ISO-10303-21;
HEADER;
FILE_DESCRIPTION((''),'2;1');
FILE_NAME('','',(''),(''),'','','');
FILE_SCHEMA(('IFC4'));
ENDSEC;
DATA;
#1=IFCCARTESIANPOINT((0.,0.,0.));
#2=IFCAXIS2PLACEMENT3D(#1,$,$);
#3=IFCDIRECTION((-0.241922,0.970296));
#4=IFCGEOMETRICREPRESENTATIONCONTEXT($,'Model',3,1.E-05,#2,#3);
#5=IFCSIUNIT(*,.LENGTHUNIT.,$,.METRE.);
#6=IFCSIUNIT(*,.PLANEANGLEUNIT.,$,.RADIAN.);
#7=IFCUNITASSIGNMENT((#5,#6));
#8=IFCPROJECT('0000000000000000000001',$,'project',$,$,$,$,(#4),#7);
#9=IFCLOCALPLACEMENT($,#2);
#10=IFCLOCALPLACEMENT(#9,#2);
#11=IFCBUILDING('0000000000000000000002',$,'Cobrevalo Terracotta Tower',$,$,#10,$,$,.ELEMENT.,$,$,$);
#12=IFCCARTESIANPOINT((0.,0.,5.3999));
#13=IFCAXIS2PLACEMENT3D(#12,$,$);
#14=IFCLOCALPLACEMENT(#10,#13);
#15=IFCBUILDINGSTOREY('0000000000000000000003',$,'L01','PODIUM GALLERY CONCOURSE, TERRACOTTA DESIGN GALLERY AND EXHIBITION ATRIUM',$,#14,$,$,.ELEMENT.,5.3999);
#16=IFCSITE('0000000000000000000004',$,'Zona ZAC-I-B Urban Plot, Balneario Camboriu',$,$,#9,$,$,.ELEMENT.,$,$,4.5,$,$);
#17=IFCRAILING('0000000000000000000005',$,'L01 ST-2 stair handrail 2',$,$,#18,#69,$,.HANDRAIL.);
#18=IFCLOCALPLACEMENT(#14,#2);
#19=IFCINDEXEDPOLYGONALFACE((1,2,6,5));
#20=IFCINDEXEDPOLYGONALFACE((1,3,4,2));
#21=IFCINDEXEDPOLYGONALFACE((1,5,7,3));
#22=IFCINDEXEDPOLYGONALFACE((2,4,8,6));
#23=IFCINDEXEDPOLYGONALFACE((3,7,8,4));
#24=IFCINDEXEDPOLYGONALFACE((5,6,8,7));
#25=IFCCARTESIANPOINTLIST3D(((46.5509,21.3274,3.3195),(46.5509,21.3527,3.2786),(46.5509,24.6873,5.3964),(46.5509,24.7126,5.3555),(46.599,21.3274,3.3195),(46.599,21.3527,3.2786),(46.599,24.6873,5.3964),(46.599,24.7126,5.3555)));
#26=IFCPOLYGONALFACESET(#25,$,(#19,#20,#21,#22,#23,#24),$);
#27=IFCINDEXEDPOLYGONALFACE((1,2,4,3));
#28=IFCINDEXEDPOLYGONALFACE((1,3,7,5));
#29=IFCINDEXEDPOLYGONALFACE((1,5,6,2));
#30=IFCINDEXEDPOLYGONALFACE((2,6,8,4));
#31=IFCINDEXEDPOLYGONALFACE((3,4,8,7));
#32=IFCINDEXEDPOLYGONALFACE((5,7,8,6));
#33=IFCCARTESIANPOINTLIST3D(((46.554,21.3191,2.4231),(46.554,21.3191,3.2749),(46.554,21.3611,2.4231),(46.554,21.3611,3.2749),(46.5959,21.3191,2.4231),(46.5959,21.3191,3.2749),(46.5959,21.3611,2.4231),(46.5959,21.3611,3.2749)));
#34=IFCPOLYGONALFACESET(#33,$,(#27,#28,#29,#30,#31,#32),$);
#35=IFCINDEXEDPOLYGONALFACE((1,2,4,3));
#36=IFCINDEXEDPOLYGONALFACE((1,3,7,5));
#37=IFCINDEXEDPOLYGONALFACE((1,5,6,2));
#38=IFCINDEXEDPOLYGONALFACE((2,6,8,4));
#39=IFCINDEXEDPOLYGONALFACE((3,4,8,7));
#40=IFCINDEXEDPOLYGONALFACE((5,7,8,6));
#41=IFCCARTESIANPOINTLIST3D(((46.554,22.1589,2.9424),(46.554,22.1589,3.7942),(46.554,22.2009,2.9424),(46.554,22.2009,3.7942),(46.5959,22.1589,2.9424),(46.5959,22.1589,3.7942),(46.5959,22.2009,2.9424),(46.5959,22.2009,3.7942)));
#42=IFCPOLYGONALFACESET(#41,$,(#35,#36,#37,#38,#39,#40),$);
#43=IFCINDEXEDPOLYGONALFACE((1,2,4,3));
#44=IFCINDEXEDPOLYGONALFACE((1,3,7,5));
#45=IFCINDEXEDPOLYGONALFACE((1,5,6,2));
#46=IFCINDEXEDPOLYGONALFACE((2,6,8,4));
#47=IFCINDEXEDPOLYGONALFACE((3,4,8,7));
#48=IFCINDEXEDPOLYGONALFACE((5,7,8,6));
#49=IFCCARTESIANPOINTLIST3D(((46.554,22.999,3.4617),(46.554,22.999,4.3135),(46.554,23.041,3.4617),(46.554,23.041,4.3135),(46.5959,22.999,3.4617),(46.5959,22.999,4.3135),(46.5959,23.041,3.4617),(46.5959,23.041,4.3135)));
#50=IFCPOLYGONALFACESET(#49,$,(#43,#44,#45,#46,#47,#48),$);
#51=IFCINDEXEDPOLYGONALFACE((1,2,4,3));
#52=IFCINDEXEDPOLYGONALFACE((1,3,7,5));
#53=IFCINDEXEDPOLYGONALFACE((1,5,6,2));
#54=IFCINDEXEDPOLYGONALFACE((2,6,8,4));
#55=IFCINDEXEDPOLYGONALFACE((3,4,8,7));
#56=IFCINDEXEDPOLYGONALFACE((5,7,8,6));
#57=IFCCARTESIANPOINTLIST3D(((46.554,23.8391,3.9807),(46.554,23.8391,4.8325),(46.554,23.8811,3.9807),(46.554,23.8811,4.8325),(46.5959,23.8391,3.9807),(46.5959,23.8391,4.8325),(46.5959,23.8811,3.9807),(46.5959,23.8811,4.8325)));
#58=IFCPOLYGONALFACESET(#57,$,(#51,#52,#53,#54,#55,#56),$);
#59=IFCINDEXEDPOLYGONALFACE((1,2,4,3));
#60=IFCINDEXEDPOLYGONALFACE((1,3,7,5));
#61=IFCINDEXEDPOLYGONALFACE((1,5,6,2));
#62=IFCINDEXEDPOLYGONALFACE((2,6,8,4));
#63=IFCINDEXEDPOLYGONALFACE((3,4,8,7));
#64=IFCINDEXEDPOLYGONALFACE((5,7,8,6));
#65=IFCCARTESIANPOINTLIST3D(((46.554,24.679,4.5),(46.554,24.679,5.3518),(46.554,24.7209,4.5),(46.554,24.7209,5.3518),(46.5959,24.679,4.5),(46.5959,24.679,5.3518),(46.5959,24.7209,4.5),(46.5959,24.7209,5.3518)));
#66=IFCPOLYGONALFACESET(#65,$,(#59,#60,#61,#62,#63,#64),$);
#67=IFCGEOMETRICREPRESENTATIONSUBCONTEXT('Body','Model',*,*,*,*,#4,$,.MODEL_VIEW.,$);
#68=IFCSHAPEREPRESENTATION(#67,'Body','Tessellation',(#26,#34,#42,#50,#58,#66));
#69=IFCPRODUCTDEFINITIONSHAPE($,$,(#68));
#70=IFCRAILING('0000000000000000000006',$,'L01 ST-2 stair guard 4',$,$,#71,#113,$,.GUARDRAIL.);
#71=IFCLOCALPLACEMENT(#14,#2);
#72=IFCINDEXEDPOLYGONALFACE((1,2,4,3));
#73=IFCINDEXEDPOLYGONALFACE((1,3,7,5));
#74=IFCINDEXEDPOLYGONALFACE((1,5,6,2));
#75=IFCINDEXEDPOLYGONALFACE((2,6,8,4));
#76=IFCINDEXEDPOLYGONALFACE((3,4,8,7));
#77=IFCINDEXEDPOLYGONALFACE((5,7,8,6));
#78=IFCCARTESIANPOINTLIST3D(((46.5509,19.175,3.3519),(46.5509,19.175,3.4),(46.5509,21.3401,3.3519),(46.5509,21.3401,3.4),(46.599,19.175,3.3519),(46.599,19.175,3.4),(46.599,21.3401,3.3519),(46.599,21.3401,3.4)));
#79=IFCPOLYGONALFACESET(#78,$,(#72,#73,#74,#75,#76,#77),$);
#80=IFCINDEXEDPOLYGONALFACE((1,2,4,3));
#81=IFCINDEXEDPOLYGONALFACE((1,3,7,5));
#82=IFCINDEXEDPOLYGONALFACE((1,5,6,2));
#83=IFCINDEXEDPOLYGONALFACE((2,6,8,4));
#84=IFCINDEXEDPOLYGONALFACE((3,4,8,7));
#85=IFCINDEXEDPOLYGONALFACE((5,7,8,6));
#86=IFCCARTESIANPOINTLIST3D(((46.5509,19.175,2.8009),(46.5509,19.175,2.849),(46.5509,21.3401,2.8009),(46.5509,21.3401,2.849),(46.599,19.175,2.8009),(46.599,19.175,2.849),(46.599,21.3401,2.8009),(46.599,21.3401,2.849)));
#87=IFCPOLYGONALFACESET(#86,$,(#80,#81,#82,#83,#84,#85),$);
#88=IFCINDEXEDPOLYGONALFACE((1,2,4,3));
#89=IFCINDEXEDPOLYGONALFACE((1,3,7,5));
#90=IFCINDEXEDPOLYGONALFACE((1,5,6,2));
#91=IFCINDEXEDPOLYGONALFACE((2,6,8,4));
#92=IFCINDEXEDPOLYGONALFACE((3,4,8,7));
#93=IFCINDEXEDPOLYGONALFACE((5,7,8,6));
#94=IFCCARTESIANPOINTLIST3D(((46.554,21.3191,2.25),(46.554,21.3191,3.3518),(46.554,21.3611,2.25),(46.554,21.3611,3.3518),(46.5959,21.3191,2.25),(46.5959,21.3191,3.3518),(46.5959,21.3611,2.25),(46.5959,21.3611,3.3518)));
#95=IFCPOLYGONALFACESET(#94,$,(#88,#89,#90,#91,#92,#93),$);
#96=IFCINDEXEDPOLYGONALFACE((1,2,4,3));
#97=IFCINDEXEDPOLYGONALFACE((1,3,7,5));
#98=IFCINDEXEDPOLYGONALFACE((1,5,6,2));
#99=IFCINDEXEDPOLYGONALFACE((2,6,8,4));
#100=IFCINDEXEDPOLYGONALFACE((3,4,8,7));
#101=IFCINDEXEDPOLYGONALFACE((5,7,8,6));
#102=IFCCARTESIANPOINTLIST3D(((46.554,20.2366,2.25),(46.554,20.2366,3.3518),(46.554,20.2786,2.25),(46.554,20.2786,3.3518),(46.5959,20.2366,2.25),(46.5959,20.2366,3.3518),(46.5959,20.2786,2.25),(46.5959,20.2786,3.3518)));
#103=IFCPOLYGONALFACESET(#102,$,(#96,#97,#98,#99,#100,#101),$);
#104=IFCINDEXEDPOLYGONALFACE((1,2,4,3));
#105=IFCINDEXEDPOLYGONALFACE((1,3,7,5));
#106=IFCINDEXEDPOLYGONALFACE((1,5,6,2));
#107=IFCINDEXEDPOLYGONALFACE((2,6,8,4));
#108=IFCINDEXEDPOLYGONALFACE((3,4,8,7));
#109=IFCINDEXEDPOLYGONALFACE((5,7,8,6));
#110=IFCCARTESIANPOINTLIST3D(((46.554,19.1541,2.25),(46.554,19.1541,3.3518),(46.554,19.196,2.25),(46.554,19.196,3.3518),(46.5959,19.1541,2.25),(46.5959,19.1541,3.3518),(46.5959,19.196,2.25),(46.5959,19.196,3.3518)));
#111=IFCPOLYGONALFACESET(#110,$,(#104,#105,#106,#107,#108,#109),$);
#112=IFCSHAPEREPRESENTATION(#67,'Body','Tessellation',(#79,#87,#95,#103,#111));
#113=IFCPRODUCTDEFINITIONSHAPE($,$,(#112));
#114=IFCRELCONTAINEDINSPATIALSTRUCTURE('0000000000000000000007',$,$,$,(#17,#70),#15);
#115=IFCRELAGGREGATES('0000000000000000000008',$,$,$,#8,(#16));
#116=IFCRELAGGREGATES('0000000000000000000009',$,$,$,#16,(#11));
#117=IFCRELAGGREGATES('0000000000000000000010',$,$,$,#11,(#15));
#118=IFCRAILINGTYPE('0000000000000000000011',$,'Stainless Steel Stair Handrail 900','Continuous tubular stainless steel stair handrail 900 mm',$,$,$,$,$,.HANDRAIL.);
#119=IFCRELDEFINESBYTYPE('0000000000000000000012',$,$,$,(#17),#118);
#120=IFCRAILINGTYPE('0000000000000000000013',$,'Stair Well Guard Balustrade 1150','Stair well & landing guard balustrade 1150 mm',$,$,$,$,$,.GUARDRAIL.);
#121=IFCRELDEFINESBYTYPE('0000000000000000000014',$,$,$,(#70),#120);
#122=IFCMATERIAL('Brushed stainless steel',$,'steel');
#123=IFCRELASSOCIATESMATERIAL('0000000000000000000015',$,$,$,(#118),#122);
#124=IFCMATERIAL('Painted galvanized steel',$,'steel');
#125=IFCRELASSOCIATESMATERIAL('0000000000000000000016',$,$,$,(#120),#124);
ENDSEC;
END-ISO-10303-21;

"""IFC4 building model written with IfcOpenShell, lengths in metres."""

from ifc_helpers import new_model, si_unit, direction, frame, origin, origin_2d, place, context, subcontext, project, spatial, rectangle, extrude, material, type_object, element, save


model = new_model("IFC4")

# Units and contexts
model_context = context("Model", 3, precision=1e-05, world=origin(), true_north=direction((-0.241922, 0.970296)))
body_context = subcontext(model_context, "Body", "Model", "MODEL_VIEW")
ifc_project = project(units=[si_unit("LENGTHUNIT", "METRE"), si_unit("PLANEANGLEUNIT", "RADIAN")], contexts=[model_context])

# Site, building, storey
site_placement = place(None, origin())
site = spatial("IfcSite", under=ifc_project, at=site_placement, Name="Zona ZAC-I-B Urban Plot, Balneario Camboriu", CompositionType="ELEMENT", RefElevation=4.5)
building_placement = place(site_placement, origin())
building = spatial("IfcBuilding", under=site, at=building_placement, Name="Cobrevalo Terracotta Tower", CompositionType="ELEMENT")
storey_placement = place(building_placement, frame((0.0, 0.0, 5.3999)))
storey = spatial("IfcBuildingStorey", under=building, at=storey_placement, Name="L01", Description="PODIUM GALLERY CONCOURSE, TERRACOTTA DESIGN GALLERY AND EXHIBITION ATRIUM", CompositionType="ELEMENT", Elevation=5.3999)

# Railings
ifc_material_1 = material(Name="Brushed stainless steel", Category="steel")
railing_type_1 = type_object("IfcRailingType", Name="Stainless Steel Stair Handrail 900", Description="Continuous tubular stainless steel stair handrail 900 mm", PredefinedType="HANDRAIL", material=ifc_material_1)
railing_1_placement = place(storey_placement, frame((46.575, 21.3401, 2.4231)))
element("IfcRailing", 1, at=railing_1_placement, inside=storey, type_object=railing_type_1, Name="L01 ST-2 stair handrail 2", PredefinedType="HANDRAIL", context=body_context, shape_type="SweptSolid", body=[
    extrude(rectangle(XDim=0.0481, YDim=0.0481, at=origin_2d()), frame((0.0, 0.0, 0.876), z_axis=(0.0, 0.850606, 0.525803), x_axis=(-1.0, 0.0, 0.0)), (0.0, 0.0, 1.0), 3.95),
    extrude(rectangle(XDim=0.042, YDim=0.042, at=origin_2d()), origin(), (0.0, 0.0, 1.0), 0.8518),
    extrude(rectangle(XDim=0.042, YDim=0.042, at=origin_2d()), frame((0.0, 0.8398, 0.5193)), (0.0, 0.0, 1.0), 0.8518),
    extrude(rectangle(XDim=0.042, YDim=0.042, at=origin_2d()), frame((0.0, 1.6799, 1.0386)), (0.0, 0.0, 1.0), 0.8518),
    extrude(rectangle(XDim=0.042, YDim=0.042, at=origin_2d()), frame((0.0, 2.52, 1.5576)), (0.0, 0.0, 1.0), 0.8518),
    extrude(rectangle(XDim=0.042, YDim=0.042, at=origin_2d()), frame((0.0, 3.3599, 2.0769)), (0.0, 0.0, 1.0), 0.8518),
])
ifc_material_2 = material(Name="Painted galvanized steel", Category="steel")
railing_type_2 = type_object("IfcRailingType", Name="Stair Well Guard Balustrade 1150", Description="Stair well & landing guard balustrade 1150 mm", PredefinedType="GUARDRAIL", material=ifc_material_2)
railing_2_placement = place(storey_placement, frame((46.575, 21.3401, 2.25)))
element("IfcRailing", 2, at=railing_2_placement, inside=storey, type_object=railing_type_2, Name="L01 ST-2 stair guard 4", PredefinedType="GUARDRAIL", context=body_context, shape_type="SweptSolid", body=[
    extrude(rectangle(XDim=0.0481, YDim=0.0481, at=origin_2d()), frame((0.0, 0.0, 1.126), z_axis=(0.0, -1.0, 0.0), x_axis=(1.0, 0.0, 0.0)), (0.0, 0.0, 1.0), 2.165),
    extrude(rectangle(XDim=0.0481, YDim=0.0481, at=origin_2d()), frame((0.0, 0.0, 0.575), z_axis=(0.0, -1.0, 0.0), x_axis=(1.0, 0.0, 0.0)), (0.0, 0.0, 1.0), 2.165),
    extrude(rectangle(XDim=0.042, YDim=0.042, at=origin_2d()), origin(), (0.0, 0.0, 1.0), 1.1018),
    extrude(rectangle(XDim=0.042, YDim=0.042, at=origin_2d()), frame((0.0, -1.0825, 0.0)), (0.0, 0.0, 1.0), 1.1018),
    extrude(rectangle(XDim=0.042, YDim=0.042, at=origin_2d()), frame((0.0, -2.165, 0.0)), (0.0, 0.0, 1.0), 1.1018),
])

save(model, "model.ifc")
